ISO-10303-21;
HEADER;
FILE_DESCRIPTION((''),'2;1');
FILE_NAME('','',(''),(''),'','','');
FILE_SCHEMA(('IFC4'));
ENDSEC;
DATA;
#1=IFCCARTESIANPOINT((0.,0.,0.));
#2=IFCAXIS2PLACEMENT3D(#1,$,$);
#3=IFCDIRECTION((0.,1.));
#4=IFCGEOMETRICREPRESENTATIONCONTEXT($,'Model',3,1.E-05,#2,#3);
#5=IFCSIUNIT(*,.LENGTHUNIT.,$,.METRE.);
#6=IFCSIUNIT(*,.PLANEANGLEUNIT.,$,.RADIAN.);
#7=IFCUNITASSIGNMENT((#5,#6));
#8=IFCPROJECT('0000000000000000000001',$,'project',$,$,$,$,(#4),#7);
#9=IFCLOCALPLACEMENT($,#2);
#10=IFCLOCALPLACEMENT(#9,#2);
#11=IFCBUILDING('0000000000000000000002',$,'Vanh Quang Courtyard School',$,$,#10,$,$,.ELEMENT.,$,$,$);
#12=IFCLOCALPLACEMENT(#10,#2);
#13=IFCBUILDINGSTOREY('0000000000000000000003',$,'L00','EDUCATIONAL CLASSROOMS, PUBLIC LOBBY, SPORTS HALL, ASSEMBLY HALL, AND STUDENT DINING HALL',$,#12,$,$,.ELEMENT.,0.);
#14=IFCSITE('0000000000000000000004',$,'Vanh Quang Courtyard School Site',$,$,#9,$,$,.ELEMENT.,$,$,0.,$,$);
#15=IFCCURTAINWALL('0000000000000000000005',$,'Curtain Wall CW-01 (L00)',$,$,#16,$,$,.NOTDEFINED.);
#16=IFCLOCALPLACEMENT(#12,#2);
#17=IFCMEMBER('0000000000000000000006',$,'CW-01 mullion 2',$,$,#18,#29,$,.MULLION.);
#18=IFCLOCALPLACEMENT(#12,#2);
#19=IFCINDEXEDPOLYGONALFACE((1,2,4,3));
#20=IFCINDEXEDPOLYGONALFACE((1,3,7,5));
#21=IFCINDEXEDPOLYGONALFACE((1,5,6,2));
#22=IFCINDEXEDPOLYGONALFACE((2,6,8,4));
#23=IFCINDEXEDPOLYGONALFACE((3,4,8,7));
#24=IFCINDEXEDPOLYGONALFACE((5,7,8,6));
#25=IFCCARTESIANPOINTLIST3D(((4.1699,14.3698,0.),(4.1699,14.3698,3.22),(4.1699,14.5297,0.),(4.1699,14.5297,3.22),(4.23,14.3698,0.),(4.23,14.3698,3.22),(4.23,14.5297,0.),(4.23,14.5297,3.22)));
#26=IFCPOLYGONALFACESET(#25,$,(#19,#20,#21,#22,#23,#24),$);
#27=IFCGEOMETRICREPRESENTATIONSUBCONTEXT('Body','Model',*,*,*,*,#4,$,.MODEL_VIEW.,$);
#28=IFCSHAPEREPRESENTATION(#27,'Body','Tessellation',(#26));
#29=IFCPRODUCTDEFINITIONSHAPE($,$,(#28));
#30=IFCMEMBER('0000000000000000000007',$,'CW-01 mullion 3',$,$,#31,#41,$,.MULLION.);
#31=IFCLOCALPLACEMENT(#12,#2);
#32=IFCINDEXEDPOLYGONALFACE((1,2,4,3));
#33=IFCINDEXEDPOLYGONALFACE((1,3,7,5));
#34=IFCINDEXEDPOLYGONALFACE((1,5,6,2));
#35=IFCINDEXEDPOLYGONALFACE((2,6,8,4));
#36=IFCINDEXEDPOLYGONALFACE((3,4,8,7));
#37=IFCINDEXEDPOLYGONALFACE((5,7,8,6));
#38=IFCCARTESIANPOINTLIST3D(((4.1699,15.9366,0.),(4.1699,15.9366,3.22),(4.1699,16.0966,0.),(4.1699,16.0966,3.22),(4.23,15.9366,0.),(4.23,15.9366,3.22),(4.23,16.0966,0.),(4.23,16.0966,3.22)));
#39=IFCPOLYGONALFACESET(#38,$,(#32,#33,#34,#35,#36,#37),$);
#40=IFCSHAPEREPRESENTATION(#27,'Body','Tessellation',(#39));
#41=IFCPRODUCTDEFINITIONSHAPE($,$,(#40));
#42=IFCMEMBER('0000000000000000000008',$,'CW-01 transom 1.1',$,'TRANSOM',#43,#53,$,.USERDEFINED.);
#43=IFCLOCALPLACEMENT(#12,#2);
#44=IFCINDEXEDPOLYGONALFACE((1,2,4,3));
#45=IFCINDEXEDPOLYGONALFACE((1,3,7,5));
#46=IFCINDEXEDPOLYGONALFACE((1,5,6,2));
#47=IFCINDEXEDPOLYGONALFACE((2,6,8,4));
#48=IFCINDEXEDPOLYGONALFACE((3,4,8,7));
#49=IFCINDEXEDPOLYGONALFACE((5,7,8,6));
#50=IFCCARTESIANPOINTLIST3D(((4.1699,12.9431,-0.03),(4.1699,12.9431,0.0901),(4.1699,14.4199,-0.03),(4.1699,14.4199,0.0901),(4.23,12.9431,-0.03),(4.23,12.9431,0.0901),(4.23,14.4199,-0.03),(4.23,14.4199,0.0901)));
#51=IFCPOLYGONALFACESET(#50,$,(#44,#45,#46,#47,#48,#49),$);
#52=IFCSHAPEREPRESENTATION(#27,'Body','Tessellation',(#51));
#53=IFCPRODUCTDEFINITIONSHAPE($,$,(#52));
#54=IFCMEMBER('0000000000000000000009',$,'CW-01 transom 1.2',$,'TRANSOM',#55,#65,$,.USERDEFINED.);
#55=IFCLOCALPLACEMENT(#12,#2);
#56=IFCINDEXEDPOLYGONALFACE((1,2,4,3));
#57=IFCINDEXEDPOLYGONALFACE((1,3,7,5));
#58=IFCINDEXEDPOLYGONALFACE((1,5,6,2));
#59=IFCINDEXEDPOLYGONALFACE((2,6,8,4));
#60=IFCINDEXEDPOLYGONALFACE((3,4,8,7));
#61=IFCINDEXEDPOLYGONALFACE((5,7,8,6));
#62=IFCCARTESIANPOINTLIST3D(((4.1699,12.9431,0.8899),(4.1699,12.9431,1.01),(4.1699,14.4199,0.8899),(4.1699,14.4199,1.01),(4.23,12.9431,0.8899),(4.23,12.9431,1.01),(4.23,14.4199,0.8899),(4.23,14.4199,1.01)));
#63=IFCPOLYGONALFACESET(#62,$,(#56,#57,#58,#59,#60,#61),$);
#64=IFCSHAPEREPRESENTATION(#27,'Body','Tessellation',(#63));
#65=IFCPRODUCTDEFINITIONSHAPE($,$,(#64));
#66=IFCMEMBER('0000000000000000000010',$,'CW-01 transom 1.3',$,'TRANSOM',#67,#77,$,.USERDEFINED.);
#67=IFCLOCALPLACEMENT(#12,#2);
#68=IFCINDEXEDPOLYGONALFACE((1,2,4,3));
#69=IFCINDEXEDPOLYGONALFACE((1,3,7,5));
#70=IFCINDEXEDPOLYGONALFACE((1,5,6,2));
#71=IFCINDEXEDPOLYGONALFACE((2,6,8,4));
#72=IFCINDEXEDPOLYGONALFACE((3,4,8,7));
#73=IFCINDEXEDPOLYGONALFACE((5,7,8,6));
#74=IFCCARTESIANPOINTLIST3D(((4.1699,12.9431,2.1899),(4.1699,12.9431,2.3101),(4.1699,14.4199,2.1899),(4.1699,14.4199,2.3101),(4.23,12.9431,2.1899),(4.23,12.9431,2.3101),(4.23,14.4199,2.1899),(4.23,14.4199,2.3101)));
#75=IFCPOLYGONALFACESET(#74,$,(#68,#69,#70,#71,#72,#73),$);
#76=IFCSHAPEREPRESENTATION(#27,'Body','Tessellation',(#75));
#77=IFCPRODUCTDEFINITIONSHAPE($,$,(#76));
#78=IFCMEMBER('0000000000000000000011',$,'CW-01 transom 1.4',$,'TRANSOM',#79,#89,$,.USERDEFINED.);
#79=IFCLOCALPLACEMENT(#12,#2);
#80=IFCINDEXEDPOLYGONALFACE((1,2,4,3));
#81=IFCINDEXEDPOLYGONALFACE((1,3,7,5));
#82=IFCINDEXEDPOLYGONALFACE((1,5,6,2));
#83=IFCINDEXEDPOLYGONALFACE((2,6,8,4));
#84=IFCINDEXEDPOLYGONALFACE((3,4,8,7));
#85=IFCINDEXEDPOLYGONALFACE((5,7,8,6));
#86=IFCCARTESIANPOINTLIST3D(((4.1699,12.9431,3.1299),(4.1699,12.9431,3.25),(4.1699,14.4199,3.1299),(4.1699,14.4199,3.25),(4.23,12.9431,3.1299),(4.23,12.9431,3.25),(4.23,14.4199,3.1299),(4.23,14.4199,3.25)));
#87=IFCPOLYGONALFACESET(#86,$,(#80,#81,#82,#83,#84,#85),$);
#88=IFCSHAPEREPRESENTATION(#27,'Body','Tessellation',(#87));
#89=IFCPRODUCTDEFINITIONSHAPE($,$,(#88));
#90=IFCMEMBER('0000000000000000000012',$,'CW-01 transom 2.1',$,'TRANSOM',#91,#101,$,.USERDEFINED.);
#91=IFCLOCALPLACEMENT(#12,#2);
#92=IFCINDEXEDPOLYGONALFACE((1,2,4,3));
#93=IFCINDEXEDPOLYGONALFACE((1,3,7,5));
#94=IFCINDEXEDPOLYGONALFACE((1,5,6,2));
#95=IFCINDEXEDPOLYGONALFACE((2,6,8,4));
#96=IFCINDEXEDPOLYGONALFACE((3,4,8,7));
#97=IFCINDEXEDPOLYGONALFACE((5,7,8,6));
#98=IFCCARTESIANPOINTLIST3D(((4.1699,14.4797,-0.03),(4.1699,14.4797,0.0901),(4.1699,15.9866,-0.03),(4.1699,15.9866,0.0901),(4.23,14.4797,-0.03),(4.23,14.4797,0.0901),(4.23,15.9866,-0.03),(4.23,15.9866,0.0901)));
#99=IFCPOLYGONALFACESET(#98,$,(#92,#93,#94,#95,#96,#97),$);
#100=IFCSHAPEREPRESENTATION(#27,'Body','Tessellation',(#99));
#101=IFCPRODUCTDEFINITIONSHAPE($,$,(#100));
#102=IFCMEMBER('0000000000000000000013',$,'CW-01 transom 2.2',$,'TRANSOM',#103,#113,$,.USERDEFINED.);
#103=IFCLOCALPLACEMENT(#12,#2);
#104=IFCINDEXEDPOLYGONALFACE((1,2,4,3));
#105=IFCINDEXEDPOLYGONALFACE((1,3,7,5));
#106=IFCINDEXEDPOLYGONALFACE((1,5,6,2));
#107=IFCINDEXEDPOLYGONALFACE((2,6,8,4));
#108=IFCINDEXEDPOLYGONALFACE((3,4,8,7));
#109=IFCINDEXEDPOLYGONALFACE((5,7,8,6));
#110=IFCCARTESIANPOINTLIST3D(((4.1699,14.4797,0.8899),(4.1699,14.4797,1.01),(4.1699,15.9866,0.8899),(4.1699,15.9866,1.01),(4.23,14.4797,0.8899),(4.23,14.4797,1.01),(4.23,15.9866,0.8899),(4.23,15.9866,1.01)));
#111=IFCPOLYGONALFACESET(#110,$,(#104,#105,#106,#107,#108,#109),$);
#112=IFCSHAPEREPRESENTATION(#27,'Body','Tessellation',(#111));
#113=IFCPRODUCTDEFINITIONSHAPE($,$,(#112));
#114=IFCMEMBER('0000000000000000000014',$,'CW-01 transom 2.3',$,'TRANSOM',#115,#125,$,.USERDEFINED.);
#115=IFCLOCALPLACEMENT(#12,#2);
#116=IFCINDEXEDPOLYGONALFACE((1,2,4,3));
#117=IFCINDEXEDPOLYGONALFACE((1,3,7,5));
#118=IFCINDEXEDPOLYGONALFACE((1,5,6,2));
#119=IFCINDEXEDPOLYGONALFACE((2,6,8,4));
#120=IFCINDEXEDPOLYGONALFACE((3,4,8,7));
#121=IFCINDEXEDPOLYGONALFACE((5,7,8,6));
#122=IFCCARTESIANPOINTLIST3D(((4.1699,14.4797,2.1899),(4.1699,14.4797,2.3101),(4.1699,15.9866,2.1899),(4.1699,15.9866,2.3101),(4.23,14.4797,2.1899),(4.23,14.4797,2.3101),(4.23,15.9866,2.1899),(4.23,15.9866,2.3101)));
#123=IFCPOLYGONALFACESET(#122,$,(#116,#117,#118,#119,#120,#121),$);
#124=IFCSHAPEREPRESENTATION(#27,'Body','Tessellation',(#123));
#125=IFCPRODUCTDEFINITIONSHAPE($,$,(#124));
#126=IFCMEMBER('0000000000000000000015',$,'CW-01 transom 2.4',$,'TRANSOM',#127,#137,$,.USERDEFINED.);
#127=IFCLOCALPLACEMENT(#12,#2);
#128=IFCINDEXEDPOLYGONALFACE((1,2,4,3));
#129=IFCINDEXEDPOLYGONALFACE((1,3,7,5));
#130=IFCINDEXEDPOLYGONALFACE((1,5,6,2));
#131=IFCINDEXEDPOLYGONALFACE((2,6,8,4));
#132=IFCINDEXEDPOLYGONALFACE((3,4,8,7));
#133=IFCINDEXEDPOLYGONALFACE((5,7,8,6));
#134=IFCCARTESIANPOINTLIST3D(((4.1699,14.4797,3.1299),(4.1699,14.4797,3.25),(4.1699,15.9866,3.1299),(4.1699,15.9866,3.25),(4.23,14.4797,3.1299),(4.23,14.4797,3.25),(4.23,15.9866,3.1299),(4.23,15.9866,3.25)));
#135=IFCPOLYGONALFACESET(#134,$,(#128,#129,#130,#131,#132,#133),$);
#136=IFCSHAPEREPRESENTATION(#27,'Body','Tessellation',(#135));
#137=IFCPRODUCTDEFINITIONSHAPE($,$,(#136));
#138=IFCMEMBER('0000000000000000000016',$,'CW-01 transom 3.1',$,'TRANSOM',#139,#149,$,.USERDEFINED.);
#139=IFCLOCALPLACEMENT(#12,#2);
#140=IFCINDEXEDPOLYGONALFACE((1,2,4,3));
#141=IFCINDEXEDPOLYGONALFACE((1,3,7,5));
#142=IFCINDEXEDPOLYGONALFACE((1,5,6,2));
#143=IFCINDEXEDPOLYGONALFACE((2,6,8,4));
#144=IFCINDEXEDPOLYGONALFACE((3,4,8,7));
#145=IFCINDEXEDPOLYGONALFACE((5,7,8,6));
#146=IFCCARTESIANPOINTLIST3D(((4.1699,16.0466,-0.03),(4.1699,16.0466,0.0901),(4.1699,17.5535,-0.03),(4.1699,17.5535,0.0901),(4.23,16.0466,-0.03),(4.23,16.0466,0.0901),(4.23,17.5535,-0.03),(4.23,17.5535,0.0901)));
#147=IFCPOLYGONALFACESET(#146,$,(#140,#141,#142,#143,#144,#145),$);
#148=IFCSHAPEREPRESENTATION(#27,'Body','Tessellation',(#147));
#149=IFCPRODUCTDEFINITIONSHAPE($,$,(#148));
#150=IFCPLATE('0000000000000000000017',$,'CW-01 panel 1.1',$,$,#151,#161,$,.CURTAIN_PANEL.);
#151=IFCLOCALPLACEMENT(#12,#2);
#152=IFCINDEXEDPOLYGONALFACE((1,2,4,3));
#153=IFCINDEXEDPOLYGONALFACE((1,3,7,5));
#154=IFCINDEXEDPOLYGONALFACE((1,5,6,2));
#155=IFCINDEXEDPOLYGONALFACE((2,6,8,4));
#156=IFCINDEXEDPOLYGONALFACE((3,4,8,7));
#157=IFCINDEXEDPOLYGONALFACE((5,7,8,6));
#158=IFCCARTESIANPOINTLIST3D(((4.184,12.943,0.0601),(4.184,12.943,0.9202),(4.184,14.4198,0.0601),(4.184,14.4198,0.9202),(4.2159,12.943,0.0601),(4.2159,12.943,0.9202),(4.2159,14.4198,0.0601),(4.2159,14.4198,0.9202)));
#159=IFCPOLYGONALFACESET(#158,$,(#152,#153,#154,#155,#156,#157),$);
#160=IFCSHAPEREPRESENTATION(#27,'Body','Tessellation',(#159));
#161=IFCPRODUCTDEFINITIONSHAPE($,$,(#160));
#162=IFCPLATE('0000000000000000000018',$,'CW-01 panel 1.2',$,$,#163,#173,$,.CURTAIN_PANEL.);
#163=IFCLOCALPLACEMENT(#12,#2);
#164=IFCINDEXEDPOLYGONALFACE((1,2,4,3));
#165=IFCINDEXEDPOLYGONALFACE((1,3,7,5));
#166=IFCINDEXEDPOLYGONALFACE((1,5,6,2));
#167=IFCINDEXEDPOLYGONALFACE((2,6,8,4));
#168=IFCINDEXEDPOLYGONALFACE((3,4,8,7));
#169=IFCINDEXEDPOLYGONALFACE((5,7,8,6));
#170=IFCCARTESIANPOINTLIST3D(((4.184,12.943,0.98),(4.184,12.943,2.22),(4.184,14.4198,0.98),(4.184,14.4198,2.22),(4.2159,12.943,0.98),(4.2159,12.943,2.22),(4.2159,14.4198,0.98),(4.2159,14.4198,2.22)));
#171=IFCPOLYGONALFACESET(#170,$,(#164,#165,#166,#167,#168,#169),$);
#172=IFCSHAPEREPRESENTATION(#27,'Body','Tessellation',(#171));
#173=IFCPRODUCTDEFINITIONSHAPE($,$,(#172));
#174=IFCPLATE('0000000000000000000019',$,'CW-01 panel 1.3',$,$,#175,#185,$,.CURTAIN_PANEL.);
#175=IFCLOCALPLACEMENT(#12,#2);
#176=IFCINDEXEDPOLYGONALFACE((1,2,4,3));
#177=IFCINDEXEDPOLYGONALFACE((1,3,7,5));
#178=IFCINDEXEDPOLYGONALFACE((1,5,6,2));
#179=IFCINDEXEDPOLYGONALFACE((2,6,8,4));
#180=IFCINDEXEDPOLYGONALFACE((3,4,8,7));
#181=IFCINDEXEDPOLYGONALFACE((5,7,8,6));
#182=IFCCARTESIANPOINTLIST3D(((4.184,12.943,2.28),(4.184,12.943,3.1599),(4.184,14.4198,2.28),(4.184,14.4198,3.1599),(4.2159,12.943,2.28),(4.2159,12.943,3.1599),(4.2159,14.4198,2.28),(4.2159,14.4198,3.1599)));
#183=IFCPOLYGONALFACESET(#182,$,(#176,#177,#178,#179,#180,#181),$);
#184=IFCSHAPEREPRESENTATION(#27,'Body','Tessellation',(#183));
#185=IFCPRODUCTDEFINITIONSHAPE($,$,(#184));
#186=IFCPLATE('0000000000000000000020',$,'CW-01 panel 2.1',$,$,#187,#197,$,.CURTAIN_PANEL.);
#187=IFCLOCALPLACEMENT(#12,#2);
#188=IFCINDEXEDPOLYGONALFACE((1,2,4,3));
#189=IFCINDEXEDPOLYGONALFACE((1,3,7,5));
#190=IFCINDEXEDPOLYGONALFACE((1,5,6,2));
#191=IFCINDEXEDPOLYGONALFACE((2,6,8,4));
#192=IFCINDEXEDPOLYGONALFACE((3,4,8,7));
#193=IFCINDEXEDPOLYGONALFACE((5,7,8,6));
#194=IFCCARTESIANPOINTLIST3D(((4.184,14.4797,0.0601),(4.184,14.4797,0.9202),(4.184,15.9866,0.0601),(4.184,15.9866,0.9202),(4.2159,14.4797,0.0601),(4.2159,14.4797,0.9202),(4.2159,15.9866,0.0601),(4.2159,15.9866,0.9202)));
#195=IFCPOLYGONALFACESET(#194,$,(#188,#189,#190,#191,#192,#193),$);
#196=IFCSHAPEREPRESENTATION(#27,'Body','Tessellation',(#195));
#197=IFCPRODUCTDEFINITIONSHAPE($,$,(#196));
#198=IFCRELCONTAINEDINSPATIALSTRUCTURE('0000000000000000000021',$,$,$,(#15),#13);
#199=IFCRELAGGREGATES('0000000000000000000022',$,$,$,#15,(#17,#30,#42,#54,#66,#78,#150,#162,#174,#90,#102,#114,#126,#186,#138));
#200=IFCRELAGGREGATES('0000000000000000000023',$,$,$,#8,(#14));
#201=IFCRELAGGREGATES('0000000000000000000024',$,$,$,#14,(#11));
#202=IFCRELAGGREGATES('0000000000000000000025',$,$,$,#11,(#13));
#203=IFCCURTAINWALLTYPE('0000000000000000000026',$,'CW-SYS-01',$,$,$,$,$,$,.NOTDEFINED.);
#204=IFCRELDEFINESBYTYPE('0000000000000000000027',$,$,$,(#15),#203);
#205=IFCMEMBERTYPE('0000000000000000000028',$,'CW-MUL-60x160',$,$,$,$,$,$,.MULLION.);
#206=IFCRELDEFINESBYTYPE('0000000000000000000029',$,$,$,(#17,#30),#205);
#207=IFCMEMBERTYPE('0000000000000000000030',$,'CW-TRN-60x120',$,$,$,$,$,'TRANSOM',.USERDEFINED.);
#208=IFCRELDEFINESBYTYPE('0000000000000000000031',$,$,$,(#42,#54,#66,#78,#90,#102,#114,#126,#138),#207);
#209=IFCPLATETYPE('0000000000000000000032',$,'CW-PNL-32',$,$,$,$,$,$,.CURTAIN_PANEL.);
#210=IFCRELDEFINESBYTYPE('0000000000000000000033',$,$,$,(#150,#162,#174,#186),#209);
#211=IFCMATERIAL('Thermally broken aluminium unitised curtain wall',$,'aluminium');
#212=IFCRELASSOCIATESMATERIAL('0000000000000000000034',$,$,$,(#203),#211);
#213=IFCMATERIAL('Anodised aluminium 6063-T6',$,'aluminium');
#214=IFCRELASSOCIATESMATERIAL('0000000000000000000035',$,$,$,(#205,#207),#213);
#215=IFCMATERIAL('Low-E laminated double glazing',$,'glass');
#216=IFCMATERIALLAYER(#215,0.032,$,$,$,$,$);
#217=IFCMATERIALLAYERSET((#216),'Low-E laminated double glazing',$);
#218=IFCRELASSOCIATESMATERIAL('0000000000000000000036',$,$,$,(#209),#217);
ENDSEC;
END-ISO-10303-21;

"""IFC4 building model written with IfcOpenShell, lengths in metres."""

from ifc_helpers import new_model, si_unit, direction, frame, origin, origin_2d, place, context, subcontext, project, spatial, rectangle, extrude, material, layer, layer_set, material_profile, profile_set, type_object, element, aggregate, save


model = new_model("IFC4")

# Units and contexts
model_context = context("Model", 3, precision=1e-05, world=origin(), true_north=direction((0.0, 1.0)))
body_context = subcontext(model_context, "Body", "Model", "MODEL_VIEW")
ifc_project = project(units=[si_unit("LENGTHUNIT", "METRE"), si_unit("PLANEANGLEUNIT", "RADIAN")], contexts=[model_context])

# Site, building, storey
site_placement = place(None, origin())
site = spatial("IfcSite", under=ifc_project, at=site_placement, Name="Vanh Quang Courtyard School Site", CompositionType="ELEMENT", RefElevation=0.0)
building_placement = place(site_placement, origin())
building = spatial("IfcBuilding", under=site, at=building_placement, Name="Vanh Quang Courtyard School", CompositionType="ELEMENT")
storey_placement = place(building_placement, origin())
storey = spatial("IfcBuildingStorey", under=building, at=storey_placement, Name="L00", Description="EDUCATIONAL CLASSROOMS, PUBLIC LOBBY, SPORTS HALL, ASSEMBLY HALL, AND STUDENT DINING HALL", CompositionType="ELEMENT", Elevation=0.0)

# Curtain wall, members, plates
ifc_material_1 = material(Name="Thermally broken aluminium unitised curtain wall", Category="aluminium")
curtain_wall_type = type_object("IfcCurtainWallType", Name="CW-SYS-01", PredefinedType="NOTDEFINED", material=ifc_material_1)
curtain_wall_placement = place(storey_placement, origin())
curtain_wall = element("IfcCurtainWall", 1, at=curtain_wall_placement, inside=storey, type_object=curtain_wall_type, Name="Curtain Wall CW-01 (L00)", PredefinedType="NOTDEFINED")
ifc_material_2 = material(Name="Anodised aluminium 6063-T6", Category="aluminium")
ifc_material_profile_1 = material_profile(ifc_material_2, rectangle(XDim=0.0601, YDim=0.1599, at=origin_2d()), Name="ALU-MUL 60x160")
ifc_profile_set_1 = profile_set([ifc_material_profile_1], Name="Anodised aluminium 6063-T6")
member_type_1 = type_object("IfcMemberType", Name="CW-MUL-60x160", PredefinedType="MULLION", material=ifc_profile_set_1)
member_1_placement = place(storey_placement, frame((4.2, 14.4497, 0.0), z_axis=(0.0, 0.0, 1.0), x_axis=(-1.0, 0.0, 0.0)))
member_1 = element("IfcMember", 2, at=member_1_placement, type_object=member_type_1, Name="CW-01 mullion 2", PredefinedType="MULLION", context=body_context, shape_type="SweptSolid", body=[
    extrude(rectangle(XDim=0.0601, YDim=0.1599, at=origin_2d()), origin(), (0.0, 0.0, 1.0), 3.22),
])
member_2_placement = place(storey_placement, frame((4.2, 16.0166, 0.0), z_axis=(0.0, 0.0, 1.0), x_axis=(-1.0, 0.0, 0.0)))
member_2 = element("IfcMember", 3, at=member_2_placement, type_object=member_type_1, Name="CW-01 mullion 3", PredefinedType="MULLION", context=body_context, shape_type="SweptSolid", body=[
    extrude(rectangle(XDim=0.0601, YDim=0.1599, at=origin_2d()), origin(), (0.0, 0.0, 1.0), 3.22),
])
ifc_material_profile_2 = material_profile(ifc_material_2, rectangle(XDim=0.0601, YDim=0.1201, at=origin_2d()), Name="ALU-TRN 60x120")
ifc_profile_set_2 = profile_set([ifc_material_profile_2], Name="Anodised aluminium 6063-T6")
member_type_2 = type_object("IfcMemberType", Name="CW-TRN-60x120", ElementType="TRANSOM", PredefinedType="USERDEFINED", material=ifc_profile_set_2)
member_3_placement = place(storey_placement, frame((4.2, 12.9431, 0.03), z_axis=(0.0, 1.0, 0.0), x_axis=(-1.0, 0.0, 0.0)))
member_3 = element("IfcMember", 4, at=member_3_placement, type_object=member_type_2, Name="CW-01 transom 1.1", ObjectType="TRANSOM", PredefinedType="USERDEFINED", context=body_context, shape_type="SweptSolid", body=[
    extrude(rectangle(XDim=0.0601, YDim=0.1201, at=origin_2d()), origin(), (0.0, 0.0, 1.0), 1.4768),
])
member_4_placement = place(storey_placement, frame((4.2, 12.9431, 0.95), z_axis=(0.0, 1.0, 0.0), x_axis=(-1.0, 0.0, 0.0)))
member_4 = element("IfcMember", 5, at=member_4_placement, type_object=member_type_2, Name="CW-01 transom 1.2", ObjectType="TRANSOM", PredefinedType="USERDEFINED", context=body_context, shape_type="SweptSolid", body=[
    extrude(rectangle(XDim=0.0601, YDim=0.1201, at=origin_2d()), origin(), (0.0, 0.0, 1.0), 1.4768),
])
member_5_placement = place(storey_placement, frame((4.2, 12.9431, 2.25), z_axis=(0.0, 1.0, 0.0), x_axis=(-1.0, 0.0, 0.0)))
member_5 = element("IfcMember", 6, at=member_5_placement, type_object=member_type_2, Name="CW-01 transom 1.3", ObjectType="TRANSOM", PredefinedType="USERDEFINED", context=body_context, shape_type="SweptSolid", body=[
    extrude(rectangle(XDim=0.0601, YDim=0.1201, at=origin_2d()), origin(), (0.0, 0.0, 1.0), 1.4768),
])
member_6_placement = place(storey_placement, frame((4.2, 12.9431, 3.1899), z_axis=(0.0, 1.0, 0.0), x_axis=(-1.0, 0.0, 0.0)))
member_6 = element("IfcMember", 7, at=member_6_placement, type_object=member_type_2, Name="CW-01 transom 1.4", ObjectType="TRANSOM", PredefinedType="USERDEFINED", context=body_context, shape_type="SweptSolid", body=[
    extrude(rectangle(XDim=0.0601, YDim=0.1201, at=origin_2d()), origin(), (0.0, 0.0, 1.0), 1.4768),
])
member_7_placement = place(storey_placement, frame((4.2, 14.4797, 0.03), z_axis=(0.0, 1.0, 0.0), x_axis=(-1.0, 0.0, 0.0)))
member_7 = element("IfcMember", 8, at=member_7_placement, type_object=member_type_2, Name="CW-01 transom 2.1", ObjectType="TRANSOM", PredefinedType="USERDEFINED", context=body_context, shape_type="SweptSolid", body=[
    extrude(rectangle(XDim=0.0601, YDim=0.1201, at=origin_2d()), origin(), (0.0, 0.0, 1.0), 1.5068),
])
member_8_placement = place(storey_placement, frame((4.2, 14.4797, 0.95), z_axis=(0.0, 1.0, 0.0), x_axis=(-1.0, 0.0, 0.0)))
member_8 = element("IfcMember", 9, at=member_8_placement, type_object=member_type_2, Name="CW-01 transom 2.2", ObjectType="TRANSOM", PredefinedType="USERDEFINED", context=body_context, shape_type="SweptSolid", body=[
    extrude(rectangle(XDim=0.0601, YDim=0.1201, at=origin_2d()), origin(), (0.0, 0.0, 1.0), 1.5068),
])
member_9_placement = place(storey_placement, frame((4.2, 14.4797, 2.25), z_axis=(0.0, 1.0, 0.0), x_axis=(-1.0, 0.0, 0.0)))
member_9 = element("IfcMember", 10, at=member_9_placement, type_object=member_type_2, Name="CW-01 transom 2.3", ObjectType="TRANSOM", PredefinedType="USERDEFINED", context=body_context, shape_type="SweptSolid", body=[
    extrude(rectangle(XDim=0.0601, YDim=0.1201, at=origin_2d()), origin(), (0.0, 0.0, 1.0), 1.5068),
])
member_10_placement = place(storey_placement, frame((4.2, 14.4797, 3.1899), z_axis=(0.0, 1.0, 0.0), x_axis=(-1.0, 0.0, 0.0)))
member_10 = element("IfcMember", 11, at=member_10_placement, type_object=member_type_2, Name="CW-01 transom 2.4", ObjectType="TRANSOM", PredefinedType="USERDEFINED", context=body_context, shape_type="SweptSolid", body=[
    extrude(rectangle(XDim=0.0601, YDim=0.1201, at=origin_2d()), origin(), (0.0, 0.0, 1.0), 1.5068),
])
member_11_placement = place(storey_placement, frame((4.2, 16.0466, 0.03), z_axis=(0.0, 1.0, 0.0), x_axis=(-1.0, 0.0, 0.0)))
member_11 = element("IfcMember", 12, at=member_11_placement, type_object=member_type_2, Name="CW-01 transom 3.1", ObjectType="TRANSOM", PredefinedType="USERDEFINED", context=body_context, shape_type="SweptSolid", body=[
    extrude(rectangle(XDim=0.0601, YDim=0.1201, at=origin_2d()), origin(), (0.0, 0.0, 1.0), 1.5068),
])
ifc_material_3 = material(Name="Low-E laminated double glazing", Category="glass")
ifc_layer_1 = layer(ifc_material_3, 0.032)
ifc_layer_set_1 = layer_set([ifc_layer_1], Name="Low-E laminated double glazing")
plate_type = type_object("IfcPlateType", Name="CW-PNL-32", PredefinedType="CURTAIN_PANEL", material=ifc_layer_set_1)
plate_1_placement = place(storey_placement, frame((4.2, 13.6814, 0.0601), z_axis=(0.0, 0.0, 1.0), x_axis=(0.0, 1.0, 0.0)))
plate_1 = element("IfcPlate", 13, at=plate_1_placement, type_object=plate_type, Name="CW-01 panel 1.1", PredefinedType="CURTAIN_PANEL", context=body_context, shape_type="SweptSolid", body=[
    extrude(rectangle(XDim=1.4768, YDim=0.032, at=origin_2d()), origin(), (0.0, 0.0, 1.0), 0.8601),
])
plate_2_placement = place(storey_placement, frame((4.2, 13.6814, 0.98), z_axis=(0.0, 0.0, 1.0), x_axis=(0.0, 1.0, 0.0)))
plate_2 = element("IfcPlate", 14, at=plate_2_placement, type_object=plate_type, Name="CW-01 panel 1.2", PredefinedType="CURTAIN_PANEL", context=body_context, shape_type="SweptSolid", body=[
    extrude(rectangle(XDim=1.4768, YDim=0.032, at=origin_2d()), origin(), (0.0, 0.0, 1.0), 1.24),
])
plate_3_placement = place(storey_placement, frame((4.2, 13.6814, 2.28), z_axis=(0.0, 0.0, 1.0), x_axis=(0.0, 1.0, 0.0)))
plate_3 = element("IfcPlate", 15, at=plate_3_placement, type_object=plate_type, Name="CW-01 panel 1.3", PredefinedType="CURTAIN_PANEL", context=body_context, shape_type="SweptSolid", body=[
    extrude(rectangle(XDim=1.4768, YDim=0.032, at=origin_2d()), origin(), (0.0, 0.0, 1.0), 0.8799),
])
plate_4_placement = place(storey_placement, frame((4.2, 15.2332, 0.0601), z_axis=(0.0, 0.0, 1.0), x_axis=(0.0, 1.0, 0.0)))
plate_4 = element("IfcPlate", 16, at=plate_4_placement, type_object=plate_type, Name="CW-01 panel 2.1", PredefinedType="CURTAIN_PANEL", context=body_context, shape_type="SweptSolid", body=[
    extrude(rectangle(XDim=1.5068, YDim=0.032, at=origin_2d()), origin(), (0.0, 0.0, 1.0), 0.8601),
])
aggregate(curtain_wall, [member_1, member_2, member_3, member_4, member_5, member_6, plate_1, plate_2, plate_3, member_7, member_8, member_9, member_10, plate_4, member_11])

save(model, "model.ifc")
